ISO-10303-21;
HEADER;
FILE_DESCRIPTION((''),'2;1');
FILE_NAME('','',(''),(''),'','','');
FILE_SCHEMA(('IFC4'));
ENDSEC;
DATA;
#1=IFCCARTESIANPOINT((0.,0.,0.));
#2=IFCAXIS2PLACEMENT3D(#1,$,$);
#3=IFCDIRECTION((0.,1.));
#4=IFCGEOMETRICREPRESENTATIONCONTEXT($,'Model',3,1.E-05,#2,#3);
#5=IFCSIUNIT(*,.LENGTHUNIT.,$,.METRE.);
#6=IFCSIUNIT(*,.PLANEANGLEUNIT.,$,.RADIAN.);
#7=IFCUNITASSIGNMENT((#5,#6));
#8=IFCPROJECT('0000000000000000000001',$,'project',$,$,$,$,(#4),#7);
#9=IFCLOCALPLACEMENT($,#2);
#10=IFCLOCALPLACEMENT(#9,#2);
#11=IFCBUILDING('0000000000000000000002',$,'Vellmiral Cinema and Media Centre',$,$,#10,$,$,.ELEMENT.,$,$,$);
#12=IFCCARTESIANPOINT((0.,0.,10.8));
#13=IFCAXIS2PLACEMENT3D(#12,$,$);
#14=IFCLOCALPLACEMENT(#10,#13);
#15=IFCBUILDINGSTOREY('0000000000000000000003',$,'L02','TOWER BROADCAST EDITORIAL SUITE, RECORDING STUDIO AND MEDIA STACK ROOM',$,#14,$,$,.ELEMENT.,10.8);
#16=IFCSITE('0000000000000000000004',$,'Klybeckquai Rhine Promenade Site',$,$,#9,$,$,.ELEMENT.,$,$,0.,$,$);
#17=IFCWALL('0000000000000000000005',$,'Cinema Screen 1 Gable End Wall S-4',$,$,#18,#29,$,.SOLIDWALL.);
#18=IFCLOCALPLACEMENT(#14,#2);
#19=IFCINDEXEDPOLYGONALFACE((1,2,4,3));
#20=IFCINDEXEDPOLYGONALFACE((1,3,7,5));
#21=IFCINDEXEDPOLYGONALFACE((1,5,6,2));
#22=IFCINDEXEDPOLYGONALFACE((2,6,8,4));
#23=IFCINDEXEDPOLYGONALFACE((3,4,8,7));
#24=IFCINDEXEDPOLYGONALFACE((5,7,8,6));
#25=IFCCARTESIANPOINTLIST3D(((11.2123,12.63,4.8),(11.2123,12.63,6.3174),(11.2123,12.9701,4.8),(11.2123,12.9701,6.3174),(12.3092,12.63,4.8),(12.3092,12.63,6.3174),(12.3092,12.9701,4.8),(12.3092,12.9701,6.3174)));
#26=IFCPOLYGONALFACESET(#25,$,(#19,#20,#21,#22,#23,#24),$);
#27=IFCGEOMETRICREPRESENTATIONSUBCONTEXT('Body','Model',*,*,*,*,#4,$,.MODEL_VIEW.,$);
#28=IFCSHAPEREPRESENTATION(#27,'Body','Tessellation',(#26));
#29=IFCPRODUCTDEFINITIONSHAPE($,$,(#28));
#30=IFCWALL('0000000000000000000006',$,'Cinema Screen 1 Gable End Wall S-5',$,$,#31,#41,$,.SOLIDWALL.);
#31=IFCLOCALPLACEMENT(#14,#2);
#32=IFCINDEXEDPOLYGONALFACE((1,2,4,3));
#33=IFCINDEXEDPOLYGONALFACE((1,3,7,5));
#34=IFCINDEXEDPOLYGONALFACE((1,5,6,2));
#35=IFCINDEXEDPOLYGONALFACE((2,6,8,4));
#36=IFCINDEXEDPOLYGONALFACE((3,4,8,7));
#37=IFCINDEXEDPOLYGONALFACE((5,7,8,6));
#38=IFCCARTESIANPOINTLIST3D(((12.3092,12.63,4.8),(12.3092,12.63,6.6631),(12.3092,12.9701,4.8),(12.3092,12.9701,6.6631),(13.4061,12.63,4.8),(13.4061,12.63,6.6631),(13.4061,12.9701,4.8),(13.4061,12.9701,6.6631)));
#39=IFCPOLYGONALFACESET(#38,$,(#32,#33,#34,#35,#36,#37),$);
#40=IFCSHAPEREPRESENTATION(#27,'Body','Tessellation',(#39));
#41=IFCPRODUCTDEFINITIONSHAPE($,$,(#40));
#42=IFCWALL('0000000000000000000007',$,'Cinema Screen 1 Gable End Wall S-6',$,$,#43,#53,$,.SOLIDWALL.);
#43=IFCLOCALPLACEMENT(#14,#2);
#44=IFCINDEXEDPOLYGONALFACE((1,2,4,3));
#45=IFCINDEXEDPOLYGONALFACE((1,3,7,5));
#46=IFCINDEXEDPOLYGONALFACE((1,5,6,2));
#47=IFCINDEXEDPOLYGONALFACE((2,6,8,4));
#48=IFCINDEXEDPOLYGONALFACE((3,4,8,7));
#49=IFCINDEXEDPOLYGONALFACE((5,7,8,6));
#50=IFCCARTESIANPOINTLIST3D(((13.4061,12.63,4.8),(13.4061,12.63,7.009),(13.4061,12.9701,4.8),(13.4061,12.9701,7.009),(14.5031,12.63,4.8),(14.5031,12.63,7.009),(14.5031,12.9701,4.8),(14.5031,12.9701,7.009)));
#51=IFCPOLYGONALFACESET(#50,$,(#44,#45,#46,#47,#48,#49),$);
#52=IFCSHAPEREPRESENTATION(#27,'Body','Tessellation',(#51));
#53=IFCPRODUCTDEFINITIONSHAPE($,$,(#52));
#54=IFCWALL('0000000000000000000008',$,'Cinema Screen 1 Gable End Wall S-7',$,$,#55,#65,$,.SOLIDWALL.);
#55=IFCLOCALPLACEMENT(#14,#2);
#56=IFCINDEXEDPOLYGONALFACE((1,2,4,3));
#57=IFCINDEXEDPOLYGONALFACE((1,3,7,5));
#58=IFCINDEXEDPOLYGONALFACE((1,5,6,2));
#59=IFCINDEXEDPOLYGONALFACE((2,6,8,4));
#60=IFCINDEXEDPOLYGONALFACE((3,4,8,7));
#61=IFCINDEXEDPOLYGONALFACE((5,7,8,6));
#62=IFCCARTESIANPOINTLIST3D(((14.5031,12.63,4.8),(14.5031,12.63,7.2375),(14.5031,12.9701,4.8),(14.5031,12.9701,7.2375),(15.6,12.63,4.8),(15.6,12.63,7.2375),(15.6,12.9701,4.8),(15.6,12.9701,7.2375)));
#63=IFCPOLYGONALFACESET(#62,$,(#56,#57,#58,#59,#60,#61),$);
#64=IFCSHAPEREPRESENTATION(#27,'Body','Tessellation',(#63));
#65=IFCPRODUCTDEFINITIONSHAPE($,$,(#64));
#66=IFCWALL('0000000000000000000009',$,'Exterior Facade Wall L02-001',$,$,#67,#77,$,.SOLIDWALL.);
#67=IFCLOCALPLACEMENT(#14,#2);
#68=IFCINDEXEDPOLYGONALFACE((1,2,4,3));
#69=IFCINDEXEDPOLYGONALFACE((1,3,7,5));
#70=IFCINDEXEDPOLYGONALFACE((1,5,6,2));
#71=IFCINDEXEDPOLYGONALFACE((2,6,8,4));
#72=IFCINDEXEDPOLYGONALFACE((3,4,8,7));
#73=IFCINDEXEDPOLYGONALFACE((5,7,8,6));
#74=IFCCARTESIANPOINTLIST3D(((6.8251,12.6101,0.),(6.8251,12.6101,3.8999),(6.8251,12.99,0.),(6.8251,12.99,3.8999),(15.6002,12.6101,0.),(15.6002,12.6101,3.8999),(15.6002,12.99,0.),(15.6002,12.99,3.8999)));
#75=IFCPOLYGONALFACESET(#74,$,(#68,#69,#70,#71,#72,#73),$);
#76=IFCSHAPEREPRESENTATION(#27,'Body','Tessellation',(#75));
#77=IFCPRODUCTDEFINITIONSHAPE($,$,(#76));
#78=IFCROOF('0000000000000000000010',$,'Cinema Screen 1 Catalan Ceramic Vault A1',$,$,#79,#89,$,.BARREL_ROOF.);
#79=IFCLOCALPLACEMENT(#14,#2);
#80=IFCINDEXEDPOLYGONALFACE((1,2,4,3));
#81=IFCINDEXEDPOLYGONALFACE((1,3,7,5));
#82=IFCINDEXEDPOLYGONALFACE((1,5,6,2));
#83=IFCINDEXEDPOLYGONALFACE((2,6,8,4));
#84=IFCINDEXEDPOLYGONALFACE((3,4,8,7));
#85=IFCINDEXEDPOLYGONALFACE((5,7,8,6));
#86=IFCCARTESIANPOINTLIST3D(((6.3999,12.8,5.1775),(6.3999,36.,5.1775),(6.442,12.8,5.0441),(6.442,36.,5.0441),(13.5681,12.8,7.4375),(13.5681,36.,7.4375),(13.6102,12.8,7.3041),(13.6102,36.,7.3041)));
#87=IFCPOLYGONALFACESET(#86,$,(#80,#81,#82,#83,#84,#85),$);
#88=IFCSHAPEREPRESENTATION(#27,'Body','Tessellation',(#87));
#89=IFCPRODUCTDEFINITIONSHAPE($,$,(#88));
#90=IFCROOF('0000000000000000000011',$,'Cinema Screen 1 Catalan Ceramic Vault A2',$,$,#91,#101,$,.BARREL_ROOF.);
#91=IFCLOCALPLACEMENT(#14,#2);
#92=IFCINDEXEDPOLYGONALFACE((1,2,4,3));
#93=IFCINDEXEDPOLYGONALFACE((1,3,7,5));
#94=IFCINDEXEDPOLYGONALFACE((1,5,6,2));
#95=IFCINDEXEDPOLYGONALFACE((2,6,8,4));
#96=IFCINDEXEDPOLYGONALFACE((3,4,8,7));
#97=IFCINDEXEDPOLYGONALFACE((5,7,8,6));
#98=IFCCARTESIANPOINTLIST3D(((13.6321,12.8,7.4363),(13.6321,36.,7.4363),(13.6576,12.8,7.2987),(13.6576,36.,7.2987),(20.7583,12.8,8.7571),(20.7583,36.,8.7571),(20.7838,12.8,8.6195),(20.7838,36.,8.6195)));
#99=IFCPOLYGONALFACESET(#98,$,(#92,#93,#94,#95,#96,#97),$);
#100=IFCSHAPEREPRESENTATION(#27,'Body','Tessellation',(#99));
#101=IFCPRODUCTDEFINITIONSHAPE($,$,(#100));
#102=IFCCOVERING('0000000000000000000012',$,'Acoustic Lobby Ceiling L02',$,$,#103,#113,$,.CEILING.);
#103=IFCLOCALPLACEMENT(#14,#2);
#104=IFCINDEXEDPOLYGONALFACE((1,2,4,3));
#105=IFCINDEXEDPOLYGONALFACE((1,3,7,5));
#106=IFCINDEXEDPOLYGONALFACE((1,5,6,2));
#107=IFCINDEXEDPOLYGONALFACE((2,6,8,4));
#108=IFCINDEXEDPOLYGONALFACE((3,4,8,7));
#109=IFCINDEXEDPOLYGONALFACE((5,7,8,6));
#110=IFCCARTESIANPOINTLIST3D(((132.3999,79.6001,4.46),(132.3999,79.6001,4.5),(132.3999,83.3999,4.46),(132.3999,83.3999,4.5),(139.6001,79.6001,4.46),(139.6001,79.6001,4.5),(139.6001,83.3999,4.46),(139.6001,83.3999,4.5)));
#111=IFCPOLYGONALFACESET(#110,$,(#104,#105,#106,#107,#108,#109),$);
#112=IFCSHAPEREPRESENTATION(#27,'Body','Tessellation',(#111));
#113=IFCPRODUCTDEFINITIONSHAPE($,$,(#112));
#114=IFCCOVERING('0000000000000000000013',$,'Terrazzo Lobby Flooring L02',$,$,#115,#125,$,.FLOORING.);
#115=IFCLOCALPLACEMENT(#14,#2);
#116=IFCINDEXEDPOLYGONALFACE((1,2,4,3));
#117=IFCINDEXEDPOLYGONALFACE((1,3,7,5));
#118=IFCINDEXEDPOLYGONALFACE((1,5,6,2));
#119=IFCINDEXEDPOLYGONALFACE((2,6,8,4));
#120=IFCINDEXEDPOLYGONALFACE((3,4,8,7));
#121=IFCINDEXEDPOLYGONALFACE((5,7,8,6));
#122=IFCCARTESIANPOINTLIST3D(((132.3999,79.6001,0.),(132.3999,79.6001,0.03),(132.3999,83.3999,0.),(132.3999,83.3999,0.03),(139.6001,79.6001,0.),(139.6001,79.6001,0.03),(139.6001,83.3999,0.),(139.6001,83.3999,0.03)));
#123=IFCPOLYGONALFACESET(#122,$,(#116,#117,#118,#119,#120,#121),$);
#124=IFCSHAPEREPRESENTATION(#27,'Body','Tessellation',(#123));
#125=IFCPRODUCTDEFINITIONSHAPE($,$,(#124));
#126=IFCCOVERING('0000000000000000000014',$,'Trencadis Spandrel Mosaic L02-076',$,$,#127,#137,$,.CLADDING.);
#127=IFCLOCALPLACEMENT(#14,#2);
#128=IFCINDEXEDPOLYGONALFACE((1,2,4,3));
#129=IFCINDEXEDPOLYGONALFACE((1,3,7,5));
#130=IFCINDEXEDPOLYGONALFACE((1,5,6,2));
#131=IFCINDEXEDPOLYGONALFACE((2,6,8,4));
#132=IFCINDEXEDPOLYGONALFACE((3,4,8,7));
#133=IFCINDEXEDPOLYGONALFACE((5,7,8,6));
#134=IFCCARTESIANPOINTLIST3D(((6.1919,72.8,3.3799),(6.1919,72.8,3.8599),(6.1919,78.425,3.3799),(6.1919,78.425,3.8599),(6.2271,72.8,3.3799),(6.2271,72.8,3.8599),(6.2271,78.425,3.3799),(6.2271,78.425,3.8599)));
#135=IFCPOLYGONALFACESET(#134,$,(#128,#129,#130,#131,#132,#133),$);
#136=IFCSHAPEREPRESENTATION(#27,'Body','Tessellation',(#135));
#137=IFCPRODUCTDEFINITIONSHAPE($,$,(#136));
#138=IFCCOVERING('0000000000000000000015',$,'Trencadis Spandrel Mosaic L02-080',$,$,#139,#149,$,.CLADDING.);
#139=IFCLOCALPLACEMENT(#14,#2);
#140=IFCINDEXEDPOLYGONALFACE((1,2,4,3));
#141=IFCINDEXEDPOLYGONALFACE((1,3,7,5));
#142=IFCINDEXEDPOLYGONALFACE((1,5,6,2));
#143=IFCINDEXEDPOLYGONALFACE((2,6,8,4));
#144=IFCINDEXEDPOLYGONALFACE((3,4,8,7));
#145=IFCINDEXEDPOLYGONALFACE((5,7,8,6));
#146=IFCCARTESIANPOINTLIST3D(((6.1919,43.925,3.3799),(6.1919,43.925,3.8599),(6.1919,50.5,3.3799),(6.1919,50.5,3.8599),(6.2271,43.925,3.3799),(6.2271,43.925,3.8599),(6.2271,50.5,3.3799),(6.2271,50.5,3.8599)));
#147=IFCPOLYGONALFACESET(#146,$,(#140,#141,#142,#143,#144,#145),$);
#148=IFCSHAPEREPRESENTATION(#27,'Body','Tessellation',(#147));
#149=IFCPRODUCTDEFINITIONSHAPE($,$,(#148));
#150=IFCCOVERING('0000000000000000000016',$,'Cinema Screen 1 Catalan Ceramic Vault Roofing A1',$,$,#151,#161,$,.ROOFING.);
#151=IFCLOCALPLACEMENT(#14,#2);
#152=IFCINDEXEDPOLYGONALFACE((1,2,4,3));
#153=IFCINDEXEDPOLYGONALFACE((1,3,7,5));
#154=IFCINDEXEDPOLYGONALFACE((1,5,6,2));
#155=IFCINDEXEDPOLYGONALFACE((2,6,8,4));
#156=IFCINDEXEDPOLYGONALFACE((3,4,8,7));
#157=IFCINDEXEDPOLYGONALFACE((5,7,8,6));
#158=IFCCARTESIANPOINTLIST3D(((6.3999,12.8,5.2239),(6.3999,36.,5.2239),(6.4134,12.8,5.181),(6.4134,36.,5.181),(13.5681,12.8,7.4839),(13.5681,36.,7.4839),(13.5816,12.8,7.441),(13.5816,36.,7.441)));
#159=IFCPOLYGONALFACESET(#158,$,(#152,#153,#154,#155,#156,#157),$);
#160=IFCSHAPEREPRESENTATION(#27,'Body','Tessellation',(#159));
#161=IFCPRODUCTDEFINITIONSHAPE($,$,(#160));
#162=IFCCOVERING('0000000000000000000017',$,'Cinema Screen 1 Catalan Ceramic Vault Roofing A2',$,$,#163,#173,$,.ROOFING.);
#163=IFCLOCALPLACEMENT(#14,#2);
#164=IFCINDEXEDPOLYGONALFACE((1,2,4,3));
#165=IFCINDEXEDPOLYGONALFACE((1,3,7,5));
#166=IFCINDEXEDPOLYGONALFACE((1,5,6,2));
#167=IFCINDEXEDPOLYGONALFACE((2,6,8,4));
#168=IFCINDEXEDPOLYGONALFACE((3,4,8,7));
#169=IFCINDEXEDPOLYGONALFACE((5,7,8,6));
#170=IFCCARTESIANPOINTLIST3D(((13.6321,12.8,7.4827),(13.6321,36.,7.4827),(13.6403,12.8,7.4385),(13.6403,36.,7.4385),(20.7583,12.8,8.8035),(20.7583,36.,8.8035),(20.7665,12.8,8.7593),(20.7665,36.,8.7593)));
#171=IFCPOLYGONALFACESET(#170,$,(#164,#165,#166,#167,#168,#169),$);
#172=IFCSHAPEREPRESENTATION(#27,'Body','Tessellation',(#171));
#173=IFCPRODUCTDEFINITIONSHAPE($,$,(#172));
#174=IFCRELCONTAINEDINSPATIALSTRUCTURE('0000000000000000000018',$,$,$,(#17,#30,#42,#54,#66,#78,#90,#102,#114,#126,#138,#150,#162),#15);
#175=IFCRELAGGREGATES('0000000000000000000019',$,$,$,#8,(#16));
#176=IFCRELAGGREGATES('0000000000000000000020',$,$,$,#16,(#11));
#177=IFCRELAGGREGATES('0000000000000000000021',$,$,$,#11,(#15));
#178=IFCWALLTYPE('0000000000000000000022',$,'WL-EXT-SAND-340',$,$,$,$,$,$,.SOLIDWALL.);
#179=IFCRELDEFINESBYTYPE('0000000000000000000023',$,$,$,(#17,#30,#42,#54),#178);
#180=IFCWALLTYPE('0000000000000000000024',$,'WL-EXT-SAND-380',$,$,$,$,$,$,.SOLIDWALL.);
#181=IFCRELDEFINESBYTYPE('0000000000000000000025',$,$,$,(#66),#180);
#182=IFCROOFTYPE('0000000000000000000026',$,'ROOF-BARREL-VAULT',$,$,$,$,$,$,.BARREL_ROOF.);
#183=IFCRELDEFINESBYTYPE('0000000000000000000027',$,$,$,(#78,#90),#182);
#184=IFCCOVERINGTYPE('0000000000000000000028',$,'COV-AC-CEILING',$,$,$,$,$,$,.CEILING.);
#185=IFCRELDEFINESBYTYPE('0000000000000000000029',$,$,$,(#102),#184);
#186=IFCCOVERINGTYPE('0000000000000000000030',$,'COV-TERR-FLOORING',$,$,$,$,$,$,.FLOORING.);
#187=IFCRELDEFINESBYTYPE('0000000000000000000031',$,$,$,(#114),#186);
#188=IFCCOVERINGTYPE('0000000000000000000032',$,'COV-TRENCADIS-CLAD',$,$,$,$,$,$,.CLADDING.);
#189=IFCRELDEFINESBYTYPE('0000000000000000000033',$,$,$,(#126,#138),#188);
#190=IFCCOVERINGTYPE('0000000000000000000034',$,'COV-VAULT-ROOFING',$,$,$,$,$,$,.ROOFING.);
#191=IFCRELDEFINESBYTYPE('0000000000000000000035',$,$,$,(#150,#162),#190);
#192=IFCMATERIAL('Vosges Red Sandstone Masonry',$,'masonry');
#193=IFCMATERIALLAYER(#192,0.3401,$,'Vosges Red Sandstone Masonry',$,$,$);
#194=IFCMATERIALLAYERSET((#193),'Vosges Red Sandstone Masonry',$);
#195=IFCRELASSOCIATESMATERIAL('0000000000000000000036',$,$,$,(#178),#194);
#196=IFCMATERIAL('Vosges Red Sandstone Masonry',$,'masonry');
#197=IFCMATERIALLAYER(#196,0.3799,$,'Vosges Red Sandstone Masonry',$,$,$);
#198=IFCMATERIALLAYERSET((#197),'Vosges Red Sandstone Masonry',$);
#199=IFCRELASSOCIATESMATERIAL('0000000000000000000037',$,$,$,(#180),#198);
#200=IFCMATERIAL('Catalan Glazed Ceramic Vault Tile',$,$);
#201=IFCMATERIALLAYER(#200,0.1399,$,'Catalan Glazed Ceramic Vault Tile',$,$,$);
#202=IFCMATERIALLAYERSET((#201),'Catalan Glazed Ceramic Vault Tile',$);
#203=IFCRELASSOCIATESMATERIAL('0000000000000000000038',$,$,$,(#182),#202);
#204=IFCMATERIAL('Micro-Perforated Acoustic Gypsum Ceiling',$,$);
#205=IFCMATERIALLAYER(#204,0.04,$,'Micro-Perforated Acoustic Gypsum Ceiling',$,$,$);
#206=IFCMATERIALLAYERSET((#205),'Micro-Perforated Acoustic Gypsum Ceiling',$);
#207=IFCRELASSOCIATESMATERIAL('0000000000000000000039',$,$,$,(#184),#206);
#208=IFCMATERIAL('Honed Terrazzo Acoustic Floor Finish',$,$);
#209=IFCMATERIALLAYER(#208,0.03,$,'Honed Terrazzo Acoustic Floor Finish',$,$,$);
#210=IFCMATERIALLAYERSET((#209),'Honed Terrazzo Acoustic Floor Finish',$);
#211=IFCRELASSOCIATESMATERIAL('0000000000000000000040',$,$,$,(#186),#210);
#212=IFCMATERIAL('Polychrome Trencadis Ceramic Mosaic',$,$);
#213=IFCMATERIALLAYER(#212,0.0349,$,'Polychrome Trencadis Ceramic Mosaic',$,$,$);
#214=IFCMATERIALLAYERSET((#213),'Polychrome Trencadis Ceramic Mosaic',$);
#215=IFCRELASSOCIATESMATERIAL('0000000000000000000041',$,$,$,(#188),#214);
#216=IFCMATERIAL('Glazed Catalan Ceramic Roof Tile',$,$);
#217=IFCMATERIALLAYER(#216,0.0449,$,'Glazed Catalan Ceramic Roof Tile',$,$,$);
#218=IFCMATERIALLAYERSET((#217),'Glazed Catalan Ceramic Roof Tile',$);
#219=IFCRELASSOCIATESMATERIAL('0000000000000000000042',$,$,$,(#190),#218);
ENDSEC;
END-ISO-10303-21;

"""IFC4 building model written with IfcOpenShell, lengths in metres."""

from ifc_helpers import new_model, si_unit, direction, frame, frame_2d, origin, place, context, subcontext, project, spatial, polyline, rectangle, outline, extrude, material, layer, layer_set, type_object, element, save


model = new_model("IFC4")

# Units and contexts
model_context = context("Model", 3, precision=1e-05, world=origin(), true_north=direction((0.0, 1.0)))
body_context = subcontext(model_context, "Body", "Model", "MODEL_VIEW")
ifc_project = project(units=[si_unit("LENGTHUNIT", "METRE"), si_unit("PLANEANGLEUNIT", "RADIAN")], contexts=[model_context])

# Site, building, storey
site_placement = place(None, origin())
site = spatial("IfcSite", under=ifc_project, at=site_placement, Name="Klybeckquai Rhine Promenade Site", CompositionType="ELEMENT", RefElevation=0.0)
building_placement = place(site_placement, origin())
building = spatial("IfcBuilding", under=site, at=building_placement, Name="Vellmiral Cinema and Media Centre", CompositionType="ELEMENT")
storey_placement = place(building_placement, frame((0.0, 0.0, 10.8)))
storey = spatial("IfcBuildingStorey", under=building, at=storey_placement, Name="L02", Description="TOWER BROADCAST EDITORIAL SUITE, RECORDING STUDIO AND MEDIA STACK ROOM", CompositionType="ELEMENT", Elevation=10.8)

# Walls
ifc_material_1 = material(Name="Vosges Red Sandstone Masonry", Category="masonry")
ifc_layer_1 = layer(ifc_material_1, 0.3401, Name="Vosges Red Sandstone Masonry")
ifc_layer_set_1 = layer_set([ifc_layer_1], Name="Vosges Red Sandstone Masonry")
wall_type_1 = type_object("IfcWallType", Name="WL-EXT-SAND-340", PredefinedType="SOLIDWALL", material=ifc_layer_set_1)
wall_1_placement = place(storey_placement, frame((11.2124, 12.8, 4.8), z_axis=(0.0, 0.0, 1.0), x_axis=(1.0, 0.0, 0.0)))
element("IfcWall", 1, at=wall_1_placement, inside=storey, type_object=wall_type_1, Name="Cinema Screen 1 Gable End Wall S-4", PredefinedType="SOLIDWALL", context=body_context, shape_type="SweptSolid", body=[
    extrude(rectangle(XDim=1.0969, YDim=0.3401, at=frame_2d((0.5483, 0.0))), origin(), (0.0, 0.0, 1.0), 1.5173),
])
wall_2_placement = place(storey_placement, frame((12.3093, 12.8, 4.8), z_axis=(0.0, 0.0, 1.0), x_axis=(1.0, 0.0, 0.0)))
element("IfcWall", 2, at=wall_2_placement, inside=storey, type_object=wall_type_1, Name="Cinema Screen 1 Gable End Wall S-5", PredefinedType="SOLIDWALL", context=body_context, shape_type="SweptSolid", body=[
    extrude(rectangle(XDim=1.0969, YDim=0.3401, at=frame_2d((0.5483, 0.0))), origin(), (0.0, 0.0, 1.0), 1.863),
])
wall_3_placement = place(storey_placement, frame((13.4062, 12.8, 4.8), z_axis=(0.0, 0.0, 1.0), x_axis=(1.0, 0.0, 0.0)))
element("IfcWall", 3, at=wall_3_placement, inside=storey, type_object=wall_type_1, Name="Cinema Screen 1 Gable End Wall S-6", PredefinedType="SOLIDWALL", context=body_context, shape_type="SweptSolid", body=[
    extrude(rectangle(XDim=1.0969, YDim=0.3401, at=frame_2d((0.5483, 0.0))), origin(), (0.0, 0.0, 1.0), 2.209),
])
wall_4_placement = place(storey_placement, frame((14.5032, 12.8, 4.8), z_axis=(0.0, 0.0, 1.0), x_axis=(1.0, 0.0, 0.0)))
element("IfcWall", 4, at=wall_4_placement, inside=storey, type_object=wall_type_1, Name="Cinema Screen 1 Gable End Wall S-7", PredefinedType="SOLIDWALL", context=body_context, shape_type="SweptSolid", body=[
    extrude(rectangle(XDim=1.0969, YDim=0.3401, at=frame_2d((0.5483, 0.0))), origin(), (0.0, 0.0, 1.0), 2.4375),
])
ifc_material_2 = material(Name="Vosges Red Sandstone Masonry", Category="masonry")
ifc_layer_2 = layer(ifc_material_2, 0.3799, Name="Vosges Red Sandstone Masonry")
ifc_layer_set_2 = layer_set([ifc_layer_2], Name="Vosges Red Sandstone Masonry")
wall_type_2 = type_object("IfcWallType", Name="WL-EXT-SAND-380", PredefinedType="SOLIDWALL", material=ifc_layer_set_2)
wall_5_placement = place(storey_placement, frame((6.825, 12.8, 0.0), z_axis=(0.0, 0.0, 1.0), x_axis=(1.0, 0.0, 0.0)))
element("IfcWall", 5, at=wall_5_placement, inside=storey, type_object=wall_type_2, Name="Exterior Facade Wall L02-001", PredefinedType="SOLIDWALL", context=body_context, shape_type="SweptSolid", body=[
    extrude(rectangle(XDim=8.7751, YDim=0.3799, at=frame_2d((4.3877, 0.0))), origin(), (0.0, 0.0, 1.0), 3.8999),
])

# Roofs
ifc_material_3 = material(Name="Catalan Glazed Ceramic Vault Tile")
ifc_layer_3 = layer(ifc_material_3, 0.1399, Name="Catalan Glazed Ceramic Vault Tile")
ifc_layer_set_3 = layer_set([ifc_layer_3], Name="Catalan Glazed Ceramic Vault Tile")
roof_type = type_object("IfcRoofType", Name="ROOF-BARREL-VAULT", PredefinedType="BARREL_ROOF", material=ifc_layer_set_3)
roof_1_placement = place(storey_placement, frame((6.3999, 12.8, 5.1775), z_axis=(-0.300691, 0.0, 0.953721), x_axis=(0.953721, 0.0, 0.300691)))
element("IfcRoof", 6, at=roof_1_placement, inside=storey, type_object=roof_type, Name="Cinema Screen 1 Catalan Ceramic Vault A1", PredefinedType="BARREL_ROOF", context=body_context, shape_type="SweptSolid", body=[
    extrude(outline(polyline([(0.0, 0.0), (7.516, 0.0), (7.516, 23.2), (0.0, 23.2), (0.0, 0.0)])), origin(), (0.0, 0.0, -1.0), 0.1399),
])
roof_2_placement = place(storey_placement, frame((13.6321, 12.8, 7.4363), z_axis=(-0.18224, 0.0, 0.983254), x_axis=(0.983254, 0.0, 0.18224)))
element("IfcRoof", 7, at=roof_2_placement, inside=storey, type_object=roof_type, Name="Cinema Screen 1 Catalan Ceramic Vault A2", PredefinedType="BARREL_ROOF", context=body_context, shape_type="SweptSolid", body=[
    extrude(outline(polyline([(0.0, 0.0), (7.2476, 0.0), (7.2476, 23.2), (0.0, 23.2), (0.0, 0.0)])), origin(), (0.0, 0.0, -1.0), 0.1399),
])

# Coverings
ifc_material_4 = material(Name="Micro-Perforated Acoustic Gypsum Ceiling")
ifc_layer_4 = layer(ifc_material_4, 0.04, Name="Micro-Perforated Acoustic Gypsum Ceiling")
ifc_layer_set_4 = layer_set([ifc_layer_4], Name="Micro-Perforated Acoustic Gypsum Ceiling")
covering_type_1 = type_object("IfcCoveringType", Name="COV-AC-CEILING", PredefinedType="CEILING", material=ifc_layer_set_4)
covering_1_placement = place(storey_placement, frame((0.0, 0.0, 4.46)))
element("IfcCovering", 8, at=covering_1_placement, inside=storey, type_object=covering_type_1, Name="Acoustic Lobby Ceiling L02", PredefinedType="CEILING", context=body_context, shape_type="SweptSolid", body=[
    extrude(outline(polyline([(132.3999, 79.6001), (139.6001, 79.6001), (139.6001, 83.3999), (132.3999, 83.3999), (132.3999, 79.6001)])), origin(), (0.0, 0.0, 1.0), 0.04),
])
ifc_material_5 = material(Name="Honed Terrazzo Acoustic Floor Finish")
ifc_layer_5 = layer(ifc_material_5, 0.03, Name="Honed Terrazzo Acoustic Floor Finish")
ifc_layer_set_5 = layer_set([ifc_layer_5], Name="Honed Terrazzo Acoustic Floor Finish")
covering_type_2 = type_object("IfcCoveringType", Name="COV-TERR-FLOORING", PredefinedType="FLOORING", material=ifc_layer_set_5)
covering_2_placement = place(storey_placement, origin())
element("IfcCovering", 9, at=covering_2_placement, inside=storey, type_object=covering_type_2, Name="Terrazzo Lobby Flooring L02", PredefinedType="FLOORING", context=body_context, shape_type="SweptSolid", body=[
    extrude(outline(polyline([(132.3999, 79.6001), (139.6001, 79.6001), (139.6001, 83.3999), (132.3999, 83.3999), (132.3999, 79.6001)])), origin(), (0.0, 0.0, 1.0), 0.03),
])
ifc_material_6 = material(Name="Polychrome Trencadis Ceramic Mosaic")
ifc_layer_6 = layer(ifc_material_6, 0.0349, Name="Polychrome Trencadis Ceramic Mosaic")
ifc_layer_set_6 = layer_set([ifc_layer_6], Name="Polychrome Trencadis Ceramic Mosaic")
covering_type_3 = type_object("IfcCoveringType", Name="COV-TRENCADIS-CLAD", PredefinedType="CLADDING", material=ifc_layer_set_6)
covering_3_placement = place(storey_placement, frame((0.0, 0.0, 3.3799)))
element("IfcCovering", 10, at=covering_3_placement, inside=storey, type_object=covering_type_3, Name="Trencadis Spandrel Mosaic L02-076", PredefinedType="CLADDING", context=body_context, shape_type="SweptSolid", body=[
    extrude(outline(polyline([(6.1919, 78.425), (6.1919, 72.8), (6.2271, 72.8), (6.2271, 78.425), (6.1919, 78.425)])), origin(), (0.0, 0.0, 1.0), 0.48),
])
covering_4_placement = place(storey_placement, frame((0.0, 0.0, 3.3799)))
element("IfcCovering", 11, at=covering_4_placement, inside=storey, type_object=covering_type_3, Name="Trencadis Spandrel Mosaic L02-080", PredefinedType="CLADDING", context=body_context, shape_type="SweptSolid", body=[
    extrude(outline(polyline([(6.1919, 50.5), (6.1919, 43.925), (6.2271, 43.925), (6.2271, 50.5), (6.1919, 50.5)])), origin(), (0.0, 0.0, 1.0), 0.48),
])
ifc_material_7 = material(Name="Glazed Catalan Ceramic Roof Tile")
ifc_layer_7 = layer(ifc_material_7, 0.0449, Name="Glazed Catalan Ceramic Roof Tile")
ifc_layer_set_7 = layer_set([ifc_layer_7], Name="Glazed Catalan Ceramic Roof Tile")
covering_type_4 = type_object("IfcCoveringType", Name="COV-VAULT-ROOFING", PredefinedType="ROOFING", material=ifc_layer_set_7)
covering_5_placement = place(storey_placement, frame((6.3999, 12.8, 5.2239), z_axis=(-0.300691, 0.0, 0.953721), x_axis=(0.953721, 0.0, 0.300691)))
element("IfcCovering", 12, at=covering_5_placement, inside=storey, type_object=covering_type_4, Name="Cinema Screen 1 Catalan Ceramic Vault Roofing A1", PredefinedType="ROOFING", context=body_context, shape_type="SweptSolid", body=[
    extrude(outline(polyline([(0.0, 0.0), (7.516, 0.0), (7.516, 23.2), (0.0, 23.2), (0.0, 0.0)])), origin(), (0.0, 0.0, -1.0), 0.0449),
])
covering_6_placement = place(storey_placement, frame((13.6321, 12.8, 7.4827), z_axis=(-0.18224, 0.0, 0.983254), x_axis=(0.983254, 0.0, 0.18224)))
element("IfcCovering", 13, at=covering_6_placement, inside=storey, type_object=covering_type_4, Name="Cinema Screen 1 Catalan Ceramic Vault Roofing A2", PredefinedType="ROOFING", context=body_context, shape_type="SweptSolid", body=[
    extrude(outline(polyline([(0.0, 0.0), (7.2476, 0.0), (7.2476, 23.2), (0.0, 23.2), (0.0, 0.0)])), origin(), (0.0, 0.0, -1.0), 0.0449),
])

save(model, "model.ifc")
